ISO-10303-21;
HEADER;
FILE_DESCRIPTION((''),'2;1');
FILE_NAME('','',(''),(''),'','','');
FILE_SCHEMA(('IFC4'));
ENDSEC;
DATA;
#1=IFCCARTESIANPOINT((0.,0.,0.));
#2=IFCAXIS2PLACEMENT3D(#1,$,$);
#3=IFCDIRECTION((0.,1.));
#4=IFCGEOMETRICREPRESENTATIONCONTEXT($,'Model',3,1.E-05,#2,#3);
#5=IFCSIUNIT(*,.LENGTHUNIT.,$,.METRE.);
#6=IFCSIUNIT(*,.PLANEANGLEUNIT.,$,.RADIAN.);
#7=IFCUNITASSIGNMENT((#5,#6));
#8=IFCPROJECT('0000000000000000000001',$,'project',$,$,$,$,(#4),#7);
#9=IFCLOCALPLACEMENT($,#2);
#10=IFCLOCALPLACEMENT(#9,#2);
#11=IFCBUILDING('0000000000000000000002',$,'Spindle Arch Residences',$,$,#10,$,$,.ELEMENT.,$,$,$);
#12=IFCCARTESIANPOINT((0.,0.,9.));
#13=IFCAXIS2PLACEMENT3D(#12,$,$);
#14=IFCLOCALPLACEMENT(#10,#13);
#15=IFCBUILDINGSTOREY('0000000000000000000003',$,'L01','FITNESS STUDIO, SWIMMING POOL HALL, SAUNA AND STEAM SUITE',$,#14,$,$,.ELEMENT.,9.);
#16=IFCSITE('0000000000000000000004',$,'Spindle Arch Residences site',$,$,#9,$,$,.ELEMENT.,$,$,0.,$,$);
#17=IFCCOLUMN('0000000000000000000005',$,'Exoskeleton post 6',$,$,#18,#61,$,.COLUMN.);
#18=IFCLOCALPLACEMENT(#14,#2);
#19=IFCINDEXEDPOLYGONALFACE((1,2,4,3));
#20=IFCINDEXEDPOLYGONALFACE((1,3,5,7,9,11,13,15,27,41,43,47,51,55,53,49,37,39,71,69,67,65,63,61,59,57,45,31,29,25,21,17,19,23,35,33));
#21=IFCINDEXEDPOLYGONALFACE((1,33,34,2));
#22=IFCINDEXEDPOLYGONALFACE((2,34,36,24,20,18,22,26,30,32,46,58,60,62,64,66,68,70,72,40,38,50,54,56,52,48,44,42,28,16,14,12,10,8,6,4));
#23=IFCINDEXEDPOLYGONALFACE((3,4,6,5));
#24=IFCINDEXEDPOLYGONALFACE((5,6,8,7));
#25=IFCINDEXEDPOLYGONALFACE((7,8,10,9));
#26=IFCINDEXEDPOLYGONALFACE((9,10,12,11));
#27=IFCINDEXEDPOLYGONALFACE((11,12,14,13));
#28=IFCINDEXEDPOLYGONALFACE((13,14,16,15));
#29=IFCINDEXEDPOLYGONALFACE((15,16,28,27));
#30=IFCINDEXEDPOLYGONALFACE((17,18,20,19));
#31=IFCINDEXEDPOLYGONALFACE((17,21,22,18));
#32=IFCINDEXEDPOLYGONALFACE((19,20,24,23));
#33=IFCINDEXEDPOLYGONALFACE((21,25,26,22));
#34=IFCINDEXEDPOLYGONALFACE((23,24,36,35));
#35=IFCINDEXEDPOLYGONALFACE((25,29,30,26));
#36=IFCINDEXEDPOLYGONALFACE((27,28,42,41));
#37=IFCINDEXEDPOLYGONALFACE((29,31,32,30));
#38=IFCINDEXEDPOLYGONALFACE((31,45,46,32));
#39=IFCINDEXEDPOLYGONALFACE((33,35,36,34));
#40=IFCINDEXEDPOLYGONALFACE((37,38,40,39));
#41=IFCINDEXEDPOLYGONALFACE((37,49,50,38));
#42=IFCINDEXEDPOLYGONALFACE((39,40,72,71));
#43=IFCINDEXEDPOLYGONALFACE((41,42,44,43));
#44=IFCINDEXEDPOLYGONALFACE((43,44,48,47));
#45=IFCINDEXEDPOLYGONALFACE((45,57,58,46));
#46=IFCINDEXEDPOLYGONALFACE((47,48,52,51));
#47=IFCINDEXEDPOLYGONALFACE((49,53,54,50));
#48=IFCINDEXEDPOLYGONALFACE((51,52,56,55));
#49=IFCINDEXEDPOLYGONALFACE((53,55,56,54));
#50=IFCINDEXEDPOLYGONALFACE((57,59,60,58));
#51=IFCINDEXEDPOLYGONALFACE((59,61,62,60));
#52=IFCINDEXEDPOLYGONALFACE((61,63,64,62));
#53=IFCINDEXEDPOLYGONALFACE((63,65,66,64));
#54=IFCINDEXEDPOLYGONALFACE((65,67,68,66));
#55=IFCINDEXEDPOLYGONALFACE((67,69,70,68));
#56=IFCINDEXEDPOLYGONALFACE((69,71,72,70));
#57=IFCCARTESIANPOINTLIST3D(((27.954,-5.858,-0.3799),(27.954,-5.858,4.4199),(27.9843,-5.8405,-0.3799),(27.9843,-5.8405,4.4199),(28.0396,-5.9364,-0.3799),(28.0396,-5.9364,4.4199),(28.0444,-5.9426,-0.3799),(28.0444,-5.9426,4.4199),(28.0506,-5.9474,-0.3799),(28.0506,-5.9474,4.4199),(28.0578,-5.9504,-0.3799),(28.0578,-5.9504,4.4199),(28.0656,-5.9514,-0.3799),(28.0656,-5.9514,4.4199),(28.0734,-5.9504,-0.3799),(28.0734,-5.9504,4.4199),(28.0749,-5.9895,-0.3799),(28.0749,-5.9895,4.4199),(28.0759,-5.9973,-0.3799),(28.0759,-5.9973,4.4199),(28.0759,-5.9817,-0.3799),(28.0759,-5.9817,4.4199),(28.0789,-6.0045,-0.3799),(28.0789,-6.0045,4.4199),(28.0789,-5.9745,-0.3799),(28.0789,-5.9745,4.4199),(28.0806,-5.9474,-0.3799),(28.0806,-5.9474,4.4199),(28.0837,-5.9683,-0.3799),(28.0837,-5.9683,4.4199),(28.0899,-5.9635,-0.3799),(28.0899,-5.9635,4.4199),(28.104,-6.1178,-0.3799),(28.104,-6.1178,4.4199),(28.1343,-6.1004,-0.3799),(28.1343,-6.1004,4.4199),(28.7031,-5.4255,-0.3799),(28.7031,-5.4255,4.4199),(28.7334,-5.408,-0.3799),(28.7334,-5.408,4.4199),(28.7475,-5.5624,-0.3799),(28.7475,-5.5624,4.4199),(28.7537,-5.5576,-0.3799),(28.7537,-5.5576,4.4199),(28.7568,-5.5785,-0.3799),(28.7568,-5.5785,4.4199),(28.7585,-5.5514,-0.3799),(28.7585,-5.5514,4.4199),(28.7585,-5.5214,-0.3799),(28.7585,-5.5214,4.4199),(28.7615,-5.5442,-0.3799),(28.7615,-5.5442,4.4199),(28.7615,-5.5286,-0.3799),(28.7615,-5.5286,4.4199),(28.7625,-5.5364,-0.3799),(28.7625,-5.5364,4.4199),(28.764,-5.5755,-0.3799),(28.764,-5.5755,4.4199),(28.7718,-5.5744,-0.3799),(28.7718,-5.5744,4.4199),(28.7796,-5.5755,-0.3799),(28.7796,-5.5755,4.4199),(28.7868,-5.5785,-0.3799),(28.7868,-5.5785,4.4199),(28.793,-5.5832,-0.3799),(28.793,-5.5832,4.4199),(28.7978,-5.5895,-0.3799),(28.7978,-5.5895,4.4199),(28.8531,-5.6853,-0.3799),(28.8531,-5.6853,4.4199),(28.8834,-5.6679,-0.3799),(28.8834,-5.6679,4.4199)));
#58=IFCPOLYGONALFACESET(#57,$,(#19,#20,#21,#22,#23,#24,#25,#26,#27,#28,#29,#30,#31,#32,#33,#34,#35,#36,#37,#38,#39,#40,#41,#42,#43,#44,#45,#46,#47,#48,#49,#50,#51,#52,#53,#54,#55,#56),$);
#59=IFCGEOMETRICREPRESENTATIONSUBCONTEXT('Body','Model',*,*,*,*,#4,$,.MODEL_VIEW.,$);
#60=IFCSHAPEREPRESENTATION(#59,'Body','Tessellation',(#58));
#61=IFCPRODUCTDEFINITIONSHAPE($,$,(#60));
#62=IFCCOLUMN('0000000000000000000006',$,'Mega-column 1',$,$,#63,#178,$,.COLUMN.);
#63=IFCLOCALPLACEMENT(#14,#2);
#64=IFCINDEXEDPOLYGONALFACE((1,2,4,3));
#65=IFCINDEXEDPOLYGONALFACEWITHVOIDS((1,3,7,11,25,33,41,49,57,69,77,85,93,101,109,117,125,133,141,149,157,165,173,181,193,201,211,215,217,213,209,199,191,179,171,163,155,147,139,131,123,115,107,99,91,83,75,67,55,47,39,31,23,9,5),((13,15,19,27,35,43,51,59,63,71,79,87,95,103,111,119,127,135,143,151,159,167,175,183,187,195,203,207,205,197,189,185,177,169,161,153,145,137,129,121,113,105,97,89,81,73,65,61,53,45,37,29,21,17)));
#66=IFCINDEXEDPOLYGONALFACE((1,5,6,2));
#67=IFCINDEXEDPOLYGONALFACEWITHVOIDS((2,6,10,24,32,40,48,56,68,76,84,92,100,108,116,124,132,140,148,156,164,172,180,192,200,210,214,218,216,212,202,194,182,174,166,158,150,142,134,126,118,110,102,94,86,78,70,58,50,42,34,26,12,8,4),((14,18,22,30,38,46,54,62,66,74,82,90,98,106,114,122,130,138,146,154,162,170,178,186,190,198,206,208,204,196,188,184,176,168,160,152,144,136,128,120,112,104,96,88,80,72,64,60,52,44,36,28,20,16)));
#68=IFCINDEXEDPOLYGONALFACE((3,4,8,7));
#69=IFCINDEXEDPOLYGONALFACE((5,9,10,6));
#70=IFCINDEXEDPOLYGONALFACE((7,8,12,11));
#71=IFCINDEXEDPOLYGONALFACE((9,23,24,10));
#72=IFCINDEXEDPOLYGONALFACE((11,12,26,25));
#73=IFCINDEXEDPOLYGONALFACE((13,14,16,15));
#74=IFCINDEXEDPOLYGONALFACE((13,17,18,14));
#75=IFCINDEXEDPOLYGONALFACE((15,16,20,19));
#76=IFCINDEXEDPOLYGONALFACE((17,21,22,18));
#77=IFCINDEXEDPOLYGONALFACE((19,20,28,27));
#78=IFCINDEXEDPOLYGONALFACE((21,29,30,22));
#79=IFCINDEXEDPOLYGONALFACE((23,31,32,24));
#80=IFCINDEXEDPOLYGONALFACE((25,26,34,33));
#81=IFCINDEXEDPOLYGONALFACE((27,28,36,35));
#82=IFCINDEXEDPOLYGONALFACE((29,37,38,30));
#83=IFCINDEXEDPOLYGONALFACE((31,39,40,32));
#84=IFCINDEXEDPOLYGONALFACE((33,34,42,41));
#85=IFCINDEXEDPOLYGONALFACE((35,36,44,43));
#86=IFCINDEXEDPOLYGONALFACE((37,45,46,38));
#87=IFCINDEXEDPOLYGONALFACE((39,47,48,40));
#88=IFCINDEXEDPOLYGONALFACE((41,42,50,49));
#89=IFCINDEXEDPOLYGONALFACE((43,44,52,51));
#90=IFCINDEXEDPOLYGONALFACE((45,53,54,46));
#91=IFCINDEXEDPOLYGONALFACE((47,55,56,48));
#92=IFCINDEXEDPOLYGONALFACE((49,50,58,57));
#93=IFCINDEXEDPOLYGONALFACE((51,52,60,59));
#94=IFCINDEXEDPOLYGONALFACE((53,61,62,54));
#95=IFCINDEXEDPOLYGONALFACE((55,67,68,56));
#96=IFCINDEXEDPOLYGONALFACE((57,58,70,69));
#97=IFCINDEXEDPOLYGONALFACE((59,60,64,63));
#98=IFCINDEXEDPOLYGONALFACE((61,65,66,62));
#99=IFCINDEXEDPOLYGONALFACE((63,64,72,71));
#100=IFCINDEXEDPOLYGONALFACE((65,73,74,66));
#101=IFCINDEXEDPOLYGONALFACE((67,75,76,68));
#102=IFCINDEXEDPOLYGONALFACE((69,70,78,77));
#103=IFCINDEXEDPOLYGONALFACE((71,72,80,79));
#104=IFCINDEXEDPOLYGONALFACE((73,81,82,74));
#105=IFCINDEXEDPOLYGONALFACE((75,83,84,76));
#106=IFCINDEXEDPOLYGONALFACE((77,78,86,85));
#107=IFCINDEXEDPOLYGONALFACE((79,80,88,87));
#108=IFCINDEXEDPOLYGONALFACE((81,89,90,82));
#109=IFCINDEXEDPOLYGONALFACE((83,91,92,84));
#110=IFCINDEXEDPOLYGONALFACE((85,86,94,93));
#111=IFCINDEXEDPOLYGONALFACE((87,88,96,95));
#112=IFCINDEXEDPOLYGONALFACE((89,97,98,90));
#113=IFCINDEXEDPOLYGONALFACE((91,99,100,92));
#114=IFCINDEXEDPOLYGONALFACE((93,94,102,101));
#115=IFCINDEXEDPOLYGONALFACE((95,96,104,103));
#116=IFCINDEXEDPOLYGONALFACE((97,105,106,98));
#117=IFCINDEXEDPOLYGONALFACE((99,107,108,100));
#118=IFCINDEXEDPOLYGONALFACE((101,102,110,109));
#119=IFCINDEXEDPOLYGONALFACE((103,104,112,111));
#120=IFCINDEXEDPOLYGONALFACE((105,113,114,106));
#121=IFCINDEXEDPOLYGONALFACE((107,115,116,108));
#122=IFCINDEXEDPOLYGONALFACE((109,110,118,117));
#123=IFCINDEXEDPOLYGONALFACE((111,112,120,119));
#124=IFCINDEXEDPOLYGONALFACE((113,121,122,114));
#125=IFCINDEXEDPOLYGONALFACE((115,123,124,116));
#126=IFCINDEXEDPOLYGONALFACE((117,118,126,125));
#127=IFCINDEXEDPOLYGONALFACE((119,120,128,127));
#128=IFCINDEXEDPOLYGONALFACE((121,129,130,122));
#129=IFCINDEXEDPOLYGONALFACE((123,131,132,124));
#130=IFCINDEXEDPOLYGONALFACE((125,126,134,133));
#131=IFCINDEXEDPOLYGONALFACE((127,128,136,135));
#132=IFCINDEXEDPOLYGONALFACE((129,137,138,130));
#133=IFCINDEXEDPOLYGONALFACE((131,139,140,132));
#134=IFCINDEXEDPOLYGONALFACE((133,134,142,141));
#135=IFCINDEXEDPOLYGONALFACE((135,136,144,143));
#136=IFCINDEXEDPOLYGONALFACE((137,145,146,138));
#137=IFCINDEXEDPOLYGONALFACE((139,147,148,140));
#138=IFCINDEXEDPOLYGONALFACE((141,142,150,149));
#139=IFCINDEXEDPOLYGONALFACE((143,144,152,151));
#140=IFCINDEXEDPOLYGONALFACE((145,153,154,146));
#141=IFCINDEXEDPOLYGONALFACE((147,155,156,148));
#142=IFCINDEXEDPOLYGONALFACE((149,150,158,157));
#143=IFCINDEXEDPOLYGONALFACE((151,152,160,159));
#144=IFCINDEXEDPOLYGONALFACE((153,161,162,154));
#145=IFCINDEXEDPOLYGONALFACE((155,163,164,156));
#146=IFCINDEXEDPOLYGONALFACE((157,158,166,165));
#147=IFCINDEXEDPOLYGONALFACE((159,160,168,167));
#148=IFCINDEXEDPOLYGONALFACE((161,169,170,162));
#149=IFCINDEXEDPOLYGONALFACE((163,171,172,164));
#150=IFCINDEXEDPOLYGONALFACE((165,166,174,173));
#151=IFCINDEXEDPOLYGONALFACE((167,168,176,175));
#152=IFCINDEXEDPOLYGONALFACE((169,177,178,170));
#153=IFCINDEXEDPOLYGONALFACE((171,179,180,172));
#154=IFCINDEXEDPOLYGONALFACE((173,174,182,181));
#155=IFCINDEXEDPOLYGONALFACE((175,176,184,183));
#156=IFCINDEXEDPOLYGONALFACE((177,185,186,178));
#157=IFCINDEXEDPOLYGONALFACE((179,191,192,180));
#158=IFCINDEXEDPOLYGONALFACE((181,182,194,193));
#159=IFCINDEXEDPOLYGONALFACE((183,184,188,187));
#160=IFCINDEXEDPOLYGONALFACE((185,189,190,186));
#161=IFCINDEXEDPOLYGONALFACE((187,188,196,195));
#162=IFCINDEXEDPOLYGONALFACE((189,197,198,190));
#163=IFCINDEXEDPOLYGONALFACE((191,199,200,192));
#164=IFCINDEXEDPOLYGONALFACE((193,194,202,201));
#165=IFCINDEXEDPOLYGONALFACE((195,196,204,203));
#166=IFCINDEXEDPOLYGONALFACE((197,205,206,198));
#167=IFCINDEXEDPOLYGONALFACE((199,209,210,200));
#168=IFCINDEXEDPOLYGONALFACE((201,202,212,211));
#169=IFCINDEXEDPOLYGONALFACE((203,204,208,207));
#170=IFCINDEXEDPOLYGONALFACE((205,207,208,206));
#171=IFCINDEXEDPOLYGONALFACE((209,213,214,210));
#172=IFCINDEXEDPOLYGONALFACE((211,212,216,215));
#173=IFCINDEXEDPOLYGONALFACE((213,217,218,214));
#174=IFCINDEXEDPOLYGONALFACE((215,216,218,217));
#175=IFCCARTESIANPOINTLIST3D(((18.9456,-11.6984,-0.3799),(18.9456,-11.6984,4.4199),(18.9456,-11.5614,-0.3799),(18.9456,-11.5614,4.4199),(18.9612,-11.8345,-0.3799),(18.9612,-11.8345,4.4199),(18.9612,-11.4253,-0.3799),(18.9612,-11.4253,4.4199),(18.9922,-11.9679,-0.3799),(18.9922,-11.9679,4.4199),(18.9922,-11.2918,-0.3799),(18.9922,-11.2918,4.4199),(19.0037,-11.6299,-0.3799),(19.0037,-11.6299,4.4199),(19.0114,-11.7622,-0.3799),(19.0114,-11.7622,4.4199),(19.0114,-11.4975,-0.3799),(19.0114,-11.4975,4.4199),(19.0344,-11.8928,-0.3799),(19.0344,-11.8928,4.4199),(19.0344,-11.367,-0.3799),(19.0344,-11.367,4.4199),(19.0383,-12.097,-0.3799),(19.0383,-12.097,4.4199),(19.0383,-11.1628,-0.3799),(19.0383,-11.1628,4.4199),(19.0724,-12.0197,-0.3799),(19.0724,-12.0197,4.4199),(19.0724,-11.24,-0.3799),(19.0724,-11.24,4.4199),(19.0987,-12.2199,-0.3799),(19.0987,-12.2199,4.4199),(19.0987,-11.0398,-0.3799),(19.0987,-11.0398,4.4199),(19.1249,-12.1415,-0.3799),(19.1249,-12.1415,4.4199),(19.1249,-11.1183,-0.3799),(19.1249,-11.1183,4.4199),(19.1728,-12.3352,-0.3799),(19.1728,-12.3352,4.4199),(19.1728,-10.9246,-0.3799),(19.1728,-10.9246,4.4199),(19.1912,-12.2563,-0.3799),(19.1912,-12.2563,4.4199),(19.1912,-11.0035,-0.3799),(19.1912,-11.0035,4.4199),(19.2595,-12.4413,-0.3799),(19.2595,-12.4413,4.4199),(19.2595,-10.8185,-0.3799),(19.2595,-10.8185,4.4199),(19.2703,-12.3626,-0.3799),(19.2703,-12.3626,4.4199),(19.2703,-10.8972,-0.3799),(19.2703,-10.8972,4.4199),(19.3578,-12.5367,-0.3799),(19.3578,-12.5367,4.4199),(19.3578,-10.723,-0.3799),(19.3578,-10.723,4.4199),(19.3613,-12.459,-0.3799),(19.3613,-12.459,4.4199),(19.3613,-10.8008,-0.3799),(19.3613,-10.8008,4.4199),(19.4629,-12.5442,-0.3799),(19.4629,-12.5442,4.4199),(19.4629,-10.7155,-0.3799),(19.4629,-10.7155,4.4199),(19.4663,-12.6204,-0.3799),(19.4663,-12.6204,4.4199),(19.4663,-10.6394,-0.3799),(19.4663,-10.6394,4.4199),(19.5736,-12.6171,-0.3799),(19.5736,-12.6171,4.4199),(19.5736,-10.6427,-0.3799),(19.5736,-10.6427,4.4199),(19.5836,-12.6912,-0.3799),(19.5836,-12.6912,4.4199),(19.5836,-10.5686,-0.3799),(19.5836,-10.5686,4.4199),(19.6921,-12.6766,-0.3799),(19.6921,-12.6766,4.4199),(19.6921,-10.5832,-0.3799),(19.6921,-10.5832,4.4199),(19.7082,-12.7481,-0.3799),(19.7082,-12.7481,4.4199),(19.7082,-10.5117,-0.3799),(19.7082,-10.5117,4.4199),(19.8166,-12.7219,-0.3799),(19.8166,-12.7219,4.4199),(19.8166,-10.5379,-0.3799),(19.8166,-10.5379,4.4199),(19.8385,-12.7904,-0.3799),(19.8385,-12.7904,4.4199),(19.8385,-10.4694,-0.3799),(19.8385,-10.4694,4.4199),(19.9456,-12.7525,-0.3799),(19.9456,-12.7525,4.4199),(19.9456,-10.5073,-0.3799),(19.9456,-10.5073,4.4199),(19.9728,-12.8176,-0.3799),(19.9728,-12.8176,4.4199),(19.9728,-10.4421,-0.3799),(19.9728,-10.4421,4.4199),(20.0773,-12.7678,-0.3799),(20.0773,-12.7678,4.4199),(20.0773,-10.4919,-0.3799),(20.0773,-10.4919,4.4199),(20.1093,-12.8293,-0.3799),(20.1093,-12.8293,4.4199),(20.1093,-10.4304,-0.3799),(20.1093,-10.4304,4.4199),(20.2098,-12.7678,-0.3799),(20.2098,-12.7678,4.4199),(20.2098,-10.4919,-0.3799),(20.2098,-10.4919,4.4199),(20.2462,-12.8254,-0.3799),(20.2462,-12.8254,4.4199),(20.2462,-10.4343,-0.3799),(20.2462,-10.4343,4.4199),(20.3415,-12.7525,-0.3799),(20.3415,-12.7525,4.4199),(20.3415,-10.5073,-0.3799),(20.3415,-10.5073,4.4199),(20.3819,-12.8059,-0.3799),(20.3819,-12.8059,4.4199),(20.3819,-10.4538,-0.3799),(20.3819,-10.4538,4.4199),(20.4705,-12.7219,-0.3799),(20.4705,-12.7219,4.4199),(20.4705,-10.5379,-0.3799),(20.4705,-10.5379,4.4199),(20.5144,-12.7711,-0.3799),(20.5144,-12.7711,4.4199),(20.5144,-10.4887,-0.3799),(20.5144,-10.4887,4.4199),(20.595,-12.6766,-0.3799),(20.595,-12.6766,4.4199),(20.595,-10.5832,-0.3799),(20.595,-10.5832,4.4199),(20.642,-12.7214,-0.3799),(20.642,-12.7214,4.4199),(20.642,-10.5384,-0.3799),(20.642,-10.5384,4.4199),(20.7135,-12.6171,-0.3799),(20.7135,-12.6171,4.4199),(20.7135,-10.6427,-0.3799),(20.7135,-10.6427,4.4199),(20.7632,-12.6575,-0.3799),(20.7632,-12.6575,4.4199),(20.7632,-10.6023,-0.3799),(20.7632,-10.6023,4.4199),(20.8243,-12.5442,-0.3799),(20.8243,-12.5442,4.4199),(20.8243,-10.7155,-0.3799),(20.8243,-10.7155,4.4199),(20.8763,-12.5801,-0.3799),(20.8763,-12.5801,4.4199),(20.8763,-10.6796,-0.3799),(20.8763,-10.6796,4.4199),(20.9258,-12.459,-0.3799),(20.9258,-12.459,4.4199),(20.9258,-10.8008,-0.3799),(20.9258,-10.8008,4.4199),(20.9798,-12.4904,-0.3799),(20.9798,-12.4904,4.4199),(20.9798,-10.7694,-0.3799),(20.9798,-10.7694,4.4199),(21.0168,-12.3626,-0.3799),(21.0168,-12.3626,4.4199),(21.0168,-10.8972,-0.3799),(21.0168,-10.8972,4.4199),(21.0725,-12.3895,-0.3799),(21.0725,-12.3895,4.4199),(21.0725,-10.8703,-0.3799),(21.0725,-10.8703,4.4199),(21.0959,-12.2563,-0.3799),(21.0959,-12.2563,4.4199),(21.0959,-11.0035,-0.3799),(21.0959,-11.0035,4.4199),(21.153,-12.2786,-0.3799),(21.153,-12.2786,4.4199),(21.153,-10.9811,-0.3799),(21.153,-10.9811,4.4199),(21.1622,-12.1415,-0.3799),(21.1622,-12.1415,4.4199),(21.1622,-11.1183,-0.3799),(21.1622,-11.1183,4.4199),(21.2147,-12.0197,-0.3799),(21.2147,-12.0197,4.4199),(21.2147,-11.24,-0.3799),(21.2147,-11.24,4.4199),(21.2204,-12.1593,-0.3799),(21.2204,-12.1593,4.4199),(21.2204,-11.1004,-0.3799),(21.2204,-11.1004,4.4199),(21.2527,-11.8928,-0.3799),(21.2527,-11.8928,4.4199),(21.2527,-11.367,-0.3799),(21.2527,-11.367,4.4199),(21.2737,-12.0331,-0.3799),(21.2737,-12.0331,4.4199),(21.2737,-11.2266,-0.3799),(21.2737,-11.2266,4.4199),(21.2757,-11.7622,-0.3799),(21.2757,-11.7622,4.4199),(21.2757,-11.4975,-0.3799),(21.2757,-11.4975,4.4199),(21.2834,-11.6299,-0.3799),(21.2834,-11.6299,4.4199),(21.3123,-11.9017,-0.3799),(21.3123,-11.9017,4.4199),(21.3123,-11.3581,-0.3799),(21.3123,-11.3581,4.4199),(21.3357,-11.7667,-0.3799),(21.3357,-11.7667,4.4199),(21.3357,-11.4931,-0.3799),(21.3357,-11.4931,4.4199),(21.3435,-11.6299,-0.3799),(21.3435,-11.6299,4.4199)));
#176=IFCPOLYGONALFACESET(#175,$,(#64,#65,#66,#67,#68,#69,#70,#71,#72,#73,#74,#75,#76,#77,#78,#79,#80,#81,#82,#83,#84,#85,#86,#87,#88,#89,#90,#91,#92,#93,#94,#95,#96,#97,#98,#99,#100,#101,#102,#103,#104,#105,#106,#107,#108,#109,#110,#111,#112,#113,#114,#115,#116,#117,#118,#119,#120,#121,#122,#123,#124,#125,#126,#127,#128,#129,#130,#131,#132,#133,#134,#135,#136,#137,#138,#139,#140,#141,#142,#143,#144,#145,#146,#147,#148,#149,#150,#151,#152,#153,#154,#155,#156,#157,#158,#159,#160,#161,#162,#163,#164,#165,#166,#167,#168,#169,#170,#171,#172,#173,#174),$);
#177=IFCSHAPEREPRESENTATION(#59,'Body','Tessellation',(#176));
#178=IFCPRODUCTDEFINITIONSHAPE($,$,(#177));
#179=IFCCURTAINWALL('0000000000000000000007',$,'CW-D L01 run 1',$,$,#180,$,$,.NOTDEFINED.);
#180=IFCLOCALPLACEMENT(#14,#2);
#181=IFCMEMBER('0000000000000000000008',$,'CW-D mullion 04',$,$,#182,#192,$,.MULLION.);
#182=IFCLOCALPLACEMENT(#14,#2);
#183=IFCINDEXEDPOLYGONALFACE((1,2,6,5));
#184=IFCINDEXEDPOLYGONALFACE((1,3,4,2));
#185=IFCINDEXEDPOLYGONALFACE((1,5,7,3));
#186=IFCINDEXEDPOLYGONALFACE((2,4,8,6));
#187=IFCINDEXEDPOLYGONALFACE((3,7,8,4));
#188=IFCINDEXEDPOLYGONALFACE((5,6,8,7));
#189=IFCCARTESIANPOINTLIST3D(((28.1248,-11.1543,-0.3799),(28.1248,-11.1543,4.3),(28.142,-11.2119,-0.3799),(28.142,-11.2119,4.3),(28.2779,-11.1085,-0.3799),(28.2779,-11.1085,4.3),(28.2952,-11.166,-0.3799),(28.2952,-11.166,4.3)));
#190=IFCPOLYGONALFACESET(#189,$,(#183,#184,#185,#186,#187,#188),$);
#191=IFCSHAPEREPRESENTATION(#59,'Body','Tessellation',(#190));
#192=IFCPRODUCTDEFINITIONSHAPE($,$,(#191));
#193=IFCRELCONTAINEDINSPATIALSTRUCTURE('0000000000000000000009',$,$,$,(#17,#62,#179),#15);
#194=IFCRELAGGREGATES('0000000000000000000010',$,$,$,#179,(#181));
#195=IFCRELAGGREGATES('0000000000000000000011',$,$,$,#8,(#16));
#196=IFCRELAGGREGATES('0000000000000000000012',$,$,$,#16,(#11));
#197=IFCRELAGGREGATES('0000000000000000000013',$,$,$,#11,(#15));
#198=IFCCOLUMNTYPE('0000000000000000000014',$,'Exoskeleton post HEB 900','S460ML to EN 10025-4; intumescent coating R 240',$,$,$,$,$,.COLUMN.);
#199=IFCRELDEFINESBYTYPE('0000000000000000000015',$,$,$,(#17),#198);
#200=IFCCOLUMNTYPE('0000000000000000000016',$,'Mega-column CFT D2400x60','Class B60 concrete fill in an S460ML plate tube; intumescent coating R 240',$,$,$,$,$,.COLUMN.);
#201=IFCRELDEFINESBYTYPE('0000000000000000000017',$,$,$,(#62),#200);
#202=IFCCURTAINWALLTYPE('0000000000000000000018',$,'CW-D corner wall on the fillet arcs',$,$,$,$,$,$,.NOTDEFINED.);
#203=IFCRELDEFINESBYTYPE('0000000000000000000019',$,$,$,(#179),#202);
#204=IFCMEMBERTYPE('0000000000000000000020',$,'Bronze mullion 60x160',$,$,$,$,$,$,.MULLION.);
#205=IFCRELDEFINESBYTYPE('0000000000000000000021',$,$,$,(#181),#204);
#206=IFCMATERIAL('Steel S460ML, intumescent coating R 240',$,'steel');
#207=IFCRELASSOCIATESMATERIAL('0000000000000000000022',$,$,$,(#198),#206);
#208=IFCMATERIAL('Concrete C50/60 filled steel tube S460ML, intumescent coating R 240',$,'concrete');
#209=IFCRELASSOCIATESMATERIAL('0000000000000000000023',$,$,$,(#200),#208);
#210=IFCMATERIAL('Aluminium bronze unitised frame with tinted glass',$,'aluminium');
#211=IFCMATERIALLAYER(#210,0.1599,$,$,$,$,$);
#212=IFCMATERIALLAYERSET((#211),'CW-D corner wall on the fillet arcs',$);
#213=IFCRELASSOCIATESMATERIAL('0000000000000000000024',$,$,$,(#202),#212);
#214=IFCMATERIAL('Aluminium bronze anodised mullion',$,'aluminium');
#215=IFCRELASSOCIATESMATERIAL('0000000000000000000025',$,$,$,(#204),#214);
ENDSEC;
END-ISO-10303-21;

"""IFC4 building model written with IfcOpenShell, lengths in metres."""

from ifc_helpers import new_model, si_unit, direction, frame, origin, origin_2d, place, context, subcontext, project, spatial, rectangle, hollow_circle, i_section, extrude, material, layer, layer_set, material_profile, profile_set, type_object, element, aggregate, save


model = new_model("IFC4")

# Units and contexts
model_context = context("Model", 3, precision=1e-05, world=origin(), true_north=direction((0.0, 1.0)))
body_context = subcontext(model_context, "Body", "Model", "MODEL_VIEW")
ifc_project = project(units=[si_unit("LENGTHUNIT", "METRE"), si_unit("PLANEANGLEUNIT", "RADIAN")], contexts=[model_context])

# Site, building, storey
site_placement = place(None, origin())
site = spatial("IfcSite", under=ifc_project, at=site_placement, Name="Spindle Arch Residences site", CompositionType="ELEMENT", RefElevation=0.0)
building_placement = place(site_placement, origin())
building = spatial("IfcBuilding", under=site, at=building_placement, Name="Spindle Arch Residences", CompositionType="ELEMENT")
storey_placement = place(building_placement, frame((0.0, 0.0, 9.0)))
storey = spatial("IfcBuildingStorey", under=building, at=storey_placement, Name="L01", Description="FITNESS STUDIO, SWIMMING POOL HALL, SAUNA AND STEAM SUITE", CompositionType="ELEMENT", Elevation=9.0)

# Columns
ifc_material_1 = material(Name="Steel S460ML, intumescent coating R 240", Category="steel")
ifc_material_profile_1 = material_profile(ifc_material_1, i_section(OverallWidth=0.3, OverallDepth=0.8999, WebThickness=0.0186, FlangeThickness=0.0349, FilletRadius=0.03, at=origin_2d()), Name="HEB 900")
ifc_profile_set_1 = profile_set([ifc_material_profile_1], Name="Steel S460ML, intumescent coating R 240")
column_type_1 = type_object("IfcColumnType", Name="Exoskeleton post HEB 900", Description="S460ML to EN 10025-4; intumescent coating R 240", PredefinedType="COLUMN", material=ifc_profile_set_1)
column_1_placement = place(storey_placement, frame((28.4187, -5.7629, -0.3799), z_axis=(0.0, 0.0, 1.0), x_axis=(0.5, -0.866025, 0.0)))
element("IfcColumn", 1, at=column_1_placement, inside=storey, type_object=column_type_1, Name="Exoskeleton post 6", PredefinedType="COLUMN", context=body_context, shape_type="SweptSolid", body=[
    extrude(i_section(OverallWidth=0.3, OverallDepth=0.8999, WebThickness=0.0186, FlangeThickness=0.0349, FilletRadius=0.03, at=origin_2d()), origin(), (0.0, 0.0, 1.0), 4.7998),
])
ifc_material_2 = material(Name="Concrete C50/60 filled steel tube S460ML, intumescent coating R 240", Category="concrete")
ifc_material_profile_2 = material_profile(ifc_material_2, hollow_circle(Radius=1.2, WallThickness=0.0601, at=origin_2d()), Name="CFT D2400x60")
ifc_profile_set_2 = profile_set([ifc_material_profile_2], Name="Concrete C50/60 filled steel tube S460ML, intumescent coating R 240")
column_type_2 = type_object("IfcColumnType", Name="Mega-column CFT D2400x60", Description="Class B60 concrete fill in an S460ML plate tube; intumescent coating R 240", PredefinedType="COLUMN", material=ifc_profile_set_2)
column_2_placement = place(storey_placement, frame((20.1436, -11.6299, -0.3799), z_axis=(0.0, 0.0, 1.0), x_axis=(1.0, 0.0, 0.0)))
element("IfcColumn", 2, at=column_2_placement, inside=storey, type_object=column_type_2, Name="Mega-column 1", PredefinedType="COLUMN", context=body_context, shape_type="SweptSolid", body=[
    extrude(hollow_circle(Radius=1.2, WallThickness=0.0601, at=origin_2d()), origin(), (0.0, 0.0, 1.0), 4.7998),
])

# Curtain wall, member
ifc_material_3 = material(Name="Aluminium bronze unitised frame with tinted glass", Category="aluminium")
ifc_layer_1 = layer(ifc_material_3, 0.1599)
ifc_layer_set_1 = layer_set([ifc_layer_1], Name="CW-D corner wall on the fillet arcs")
curtain_wall_type_1 = type_object("IfcCurtainWallType", Name="CW-D corner wall on the fillet arcs", PredefinedType="NOTDEFINED", material=ifc_layer_set_1)
curtain_wall_1_placement = place(storey_placement, origin())
curtain_wall_1 = element("IfcCurtainWall", 3, at=curtain_wall_1_placement, inside=storey, type_object=curtain_wall_type_1, Name="CW-D L01 run 1", PredefinedType="NOTDEFINED")
ifc_material_4 = material(Name="Aluminium bronze anodised mullion", Category="aluminium")
ifc_material_profile_3 = material_profile(ifc_material_4, rectangle(XDim=0.1599, YDim=0.0601, at=origin_2d()), Name="MU 60x160")
ifc_profile_set_3 = profile_set([ifc_material_profile_3], Name="Aluminium bronze anodised mullion")
member_type_1 = type_object("IfcMemberType", Name="Bronze mullion 60x160", PredefinedType="MULLION", material=ifc_profile_set_3)
member_1_placement = place(storey_placement, frame((28.21, -11.1602, -0.3799), z_axis=(0.0, 0.0, 1.0), x_axis=(-0.95799, -0.286803, 0.0)))
member_1 = element("IfcMember", 4, at=member_1_placement, type_object=member_type_1, Name="CW-D mullion 04", PredefinedType="MULLION", context=body_context, shape_type="SweptSolid", body=[
    extrude(rectangle(XDim=0.1599, YDim=0.0601, at=origin_2d()), origin(), (0.0, 0.0, 1.0), 4.6799),
])

aggregate(curtain_wall_1, [member_1])

save(model, "model.ifc")
